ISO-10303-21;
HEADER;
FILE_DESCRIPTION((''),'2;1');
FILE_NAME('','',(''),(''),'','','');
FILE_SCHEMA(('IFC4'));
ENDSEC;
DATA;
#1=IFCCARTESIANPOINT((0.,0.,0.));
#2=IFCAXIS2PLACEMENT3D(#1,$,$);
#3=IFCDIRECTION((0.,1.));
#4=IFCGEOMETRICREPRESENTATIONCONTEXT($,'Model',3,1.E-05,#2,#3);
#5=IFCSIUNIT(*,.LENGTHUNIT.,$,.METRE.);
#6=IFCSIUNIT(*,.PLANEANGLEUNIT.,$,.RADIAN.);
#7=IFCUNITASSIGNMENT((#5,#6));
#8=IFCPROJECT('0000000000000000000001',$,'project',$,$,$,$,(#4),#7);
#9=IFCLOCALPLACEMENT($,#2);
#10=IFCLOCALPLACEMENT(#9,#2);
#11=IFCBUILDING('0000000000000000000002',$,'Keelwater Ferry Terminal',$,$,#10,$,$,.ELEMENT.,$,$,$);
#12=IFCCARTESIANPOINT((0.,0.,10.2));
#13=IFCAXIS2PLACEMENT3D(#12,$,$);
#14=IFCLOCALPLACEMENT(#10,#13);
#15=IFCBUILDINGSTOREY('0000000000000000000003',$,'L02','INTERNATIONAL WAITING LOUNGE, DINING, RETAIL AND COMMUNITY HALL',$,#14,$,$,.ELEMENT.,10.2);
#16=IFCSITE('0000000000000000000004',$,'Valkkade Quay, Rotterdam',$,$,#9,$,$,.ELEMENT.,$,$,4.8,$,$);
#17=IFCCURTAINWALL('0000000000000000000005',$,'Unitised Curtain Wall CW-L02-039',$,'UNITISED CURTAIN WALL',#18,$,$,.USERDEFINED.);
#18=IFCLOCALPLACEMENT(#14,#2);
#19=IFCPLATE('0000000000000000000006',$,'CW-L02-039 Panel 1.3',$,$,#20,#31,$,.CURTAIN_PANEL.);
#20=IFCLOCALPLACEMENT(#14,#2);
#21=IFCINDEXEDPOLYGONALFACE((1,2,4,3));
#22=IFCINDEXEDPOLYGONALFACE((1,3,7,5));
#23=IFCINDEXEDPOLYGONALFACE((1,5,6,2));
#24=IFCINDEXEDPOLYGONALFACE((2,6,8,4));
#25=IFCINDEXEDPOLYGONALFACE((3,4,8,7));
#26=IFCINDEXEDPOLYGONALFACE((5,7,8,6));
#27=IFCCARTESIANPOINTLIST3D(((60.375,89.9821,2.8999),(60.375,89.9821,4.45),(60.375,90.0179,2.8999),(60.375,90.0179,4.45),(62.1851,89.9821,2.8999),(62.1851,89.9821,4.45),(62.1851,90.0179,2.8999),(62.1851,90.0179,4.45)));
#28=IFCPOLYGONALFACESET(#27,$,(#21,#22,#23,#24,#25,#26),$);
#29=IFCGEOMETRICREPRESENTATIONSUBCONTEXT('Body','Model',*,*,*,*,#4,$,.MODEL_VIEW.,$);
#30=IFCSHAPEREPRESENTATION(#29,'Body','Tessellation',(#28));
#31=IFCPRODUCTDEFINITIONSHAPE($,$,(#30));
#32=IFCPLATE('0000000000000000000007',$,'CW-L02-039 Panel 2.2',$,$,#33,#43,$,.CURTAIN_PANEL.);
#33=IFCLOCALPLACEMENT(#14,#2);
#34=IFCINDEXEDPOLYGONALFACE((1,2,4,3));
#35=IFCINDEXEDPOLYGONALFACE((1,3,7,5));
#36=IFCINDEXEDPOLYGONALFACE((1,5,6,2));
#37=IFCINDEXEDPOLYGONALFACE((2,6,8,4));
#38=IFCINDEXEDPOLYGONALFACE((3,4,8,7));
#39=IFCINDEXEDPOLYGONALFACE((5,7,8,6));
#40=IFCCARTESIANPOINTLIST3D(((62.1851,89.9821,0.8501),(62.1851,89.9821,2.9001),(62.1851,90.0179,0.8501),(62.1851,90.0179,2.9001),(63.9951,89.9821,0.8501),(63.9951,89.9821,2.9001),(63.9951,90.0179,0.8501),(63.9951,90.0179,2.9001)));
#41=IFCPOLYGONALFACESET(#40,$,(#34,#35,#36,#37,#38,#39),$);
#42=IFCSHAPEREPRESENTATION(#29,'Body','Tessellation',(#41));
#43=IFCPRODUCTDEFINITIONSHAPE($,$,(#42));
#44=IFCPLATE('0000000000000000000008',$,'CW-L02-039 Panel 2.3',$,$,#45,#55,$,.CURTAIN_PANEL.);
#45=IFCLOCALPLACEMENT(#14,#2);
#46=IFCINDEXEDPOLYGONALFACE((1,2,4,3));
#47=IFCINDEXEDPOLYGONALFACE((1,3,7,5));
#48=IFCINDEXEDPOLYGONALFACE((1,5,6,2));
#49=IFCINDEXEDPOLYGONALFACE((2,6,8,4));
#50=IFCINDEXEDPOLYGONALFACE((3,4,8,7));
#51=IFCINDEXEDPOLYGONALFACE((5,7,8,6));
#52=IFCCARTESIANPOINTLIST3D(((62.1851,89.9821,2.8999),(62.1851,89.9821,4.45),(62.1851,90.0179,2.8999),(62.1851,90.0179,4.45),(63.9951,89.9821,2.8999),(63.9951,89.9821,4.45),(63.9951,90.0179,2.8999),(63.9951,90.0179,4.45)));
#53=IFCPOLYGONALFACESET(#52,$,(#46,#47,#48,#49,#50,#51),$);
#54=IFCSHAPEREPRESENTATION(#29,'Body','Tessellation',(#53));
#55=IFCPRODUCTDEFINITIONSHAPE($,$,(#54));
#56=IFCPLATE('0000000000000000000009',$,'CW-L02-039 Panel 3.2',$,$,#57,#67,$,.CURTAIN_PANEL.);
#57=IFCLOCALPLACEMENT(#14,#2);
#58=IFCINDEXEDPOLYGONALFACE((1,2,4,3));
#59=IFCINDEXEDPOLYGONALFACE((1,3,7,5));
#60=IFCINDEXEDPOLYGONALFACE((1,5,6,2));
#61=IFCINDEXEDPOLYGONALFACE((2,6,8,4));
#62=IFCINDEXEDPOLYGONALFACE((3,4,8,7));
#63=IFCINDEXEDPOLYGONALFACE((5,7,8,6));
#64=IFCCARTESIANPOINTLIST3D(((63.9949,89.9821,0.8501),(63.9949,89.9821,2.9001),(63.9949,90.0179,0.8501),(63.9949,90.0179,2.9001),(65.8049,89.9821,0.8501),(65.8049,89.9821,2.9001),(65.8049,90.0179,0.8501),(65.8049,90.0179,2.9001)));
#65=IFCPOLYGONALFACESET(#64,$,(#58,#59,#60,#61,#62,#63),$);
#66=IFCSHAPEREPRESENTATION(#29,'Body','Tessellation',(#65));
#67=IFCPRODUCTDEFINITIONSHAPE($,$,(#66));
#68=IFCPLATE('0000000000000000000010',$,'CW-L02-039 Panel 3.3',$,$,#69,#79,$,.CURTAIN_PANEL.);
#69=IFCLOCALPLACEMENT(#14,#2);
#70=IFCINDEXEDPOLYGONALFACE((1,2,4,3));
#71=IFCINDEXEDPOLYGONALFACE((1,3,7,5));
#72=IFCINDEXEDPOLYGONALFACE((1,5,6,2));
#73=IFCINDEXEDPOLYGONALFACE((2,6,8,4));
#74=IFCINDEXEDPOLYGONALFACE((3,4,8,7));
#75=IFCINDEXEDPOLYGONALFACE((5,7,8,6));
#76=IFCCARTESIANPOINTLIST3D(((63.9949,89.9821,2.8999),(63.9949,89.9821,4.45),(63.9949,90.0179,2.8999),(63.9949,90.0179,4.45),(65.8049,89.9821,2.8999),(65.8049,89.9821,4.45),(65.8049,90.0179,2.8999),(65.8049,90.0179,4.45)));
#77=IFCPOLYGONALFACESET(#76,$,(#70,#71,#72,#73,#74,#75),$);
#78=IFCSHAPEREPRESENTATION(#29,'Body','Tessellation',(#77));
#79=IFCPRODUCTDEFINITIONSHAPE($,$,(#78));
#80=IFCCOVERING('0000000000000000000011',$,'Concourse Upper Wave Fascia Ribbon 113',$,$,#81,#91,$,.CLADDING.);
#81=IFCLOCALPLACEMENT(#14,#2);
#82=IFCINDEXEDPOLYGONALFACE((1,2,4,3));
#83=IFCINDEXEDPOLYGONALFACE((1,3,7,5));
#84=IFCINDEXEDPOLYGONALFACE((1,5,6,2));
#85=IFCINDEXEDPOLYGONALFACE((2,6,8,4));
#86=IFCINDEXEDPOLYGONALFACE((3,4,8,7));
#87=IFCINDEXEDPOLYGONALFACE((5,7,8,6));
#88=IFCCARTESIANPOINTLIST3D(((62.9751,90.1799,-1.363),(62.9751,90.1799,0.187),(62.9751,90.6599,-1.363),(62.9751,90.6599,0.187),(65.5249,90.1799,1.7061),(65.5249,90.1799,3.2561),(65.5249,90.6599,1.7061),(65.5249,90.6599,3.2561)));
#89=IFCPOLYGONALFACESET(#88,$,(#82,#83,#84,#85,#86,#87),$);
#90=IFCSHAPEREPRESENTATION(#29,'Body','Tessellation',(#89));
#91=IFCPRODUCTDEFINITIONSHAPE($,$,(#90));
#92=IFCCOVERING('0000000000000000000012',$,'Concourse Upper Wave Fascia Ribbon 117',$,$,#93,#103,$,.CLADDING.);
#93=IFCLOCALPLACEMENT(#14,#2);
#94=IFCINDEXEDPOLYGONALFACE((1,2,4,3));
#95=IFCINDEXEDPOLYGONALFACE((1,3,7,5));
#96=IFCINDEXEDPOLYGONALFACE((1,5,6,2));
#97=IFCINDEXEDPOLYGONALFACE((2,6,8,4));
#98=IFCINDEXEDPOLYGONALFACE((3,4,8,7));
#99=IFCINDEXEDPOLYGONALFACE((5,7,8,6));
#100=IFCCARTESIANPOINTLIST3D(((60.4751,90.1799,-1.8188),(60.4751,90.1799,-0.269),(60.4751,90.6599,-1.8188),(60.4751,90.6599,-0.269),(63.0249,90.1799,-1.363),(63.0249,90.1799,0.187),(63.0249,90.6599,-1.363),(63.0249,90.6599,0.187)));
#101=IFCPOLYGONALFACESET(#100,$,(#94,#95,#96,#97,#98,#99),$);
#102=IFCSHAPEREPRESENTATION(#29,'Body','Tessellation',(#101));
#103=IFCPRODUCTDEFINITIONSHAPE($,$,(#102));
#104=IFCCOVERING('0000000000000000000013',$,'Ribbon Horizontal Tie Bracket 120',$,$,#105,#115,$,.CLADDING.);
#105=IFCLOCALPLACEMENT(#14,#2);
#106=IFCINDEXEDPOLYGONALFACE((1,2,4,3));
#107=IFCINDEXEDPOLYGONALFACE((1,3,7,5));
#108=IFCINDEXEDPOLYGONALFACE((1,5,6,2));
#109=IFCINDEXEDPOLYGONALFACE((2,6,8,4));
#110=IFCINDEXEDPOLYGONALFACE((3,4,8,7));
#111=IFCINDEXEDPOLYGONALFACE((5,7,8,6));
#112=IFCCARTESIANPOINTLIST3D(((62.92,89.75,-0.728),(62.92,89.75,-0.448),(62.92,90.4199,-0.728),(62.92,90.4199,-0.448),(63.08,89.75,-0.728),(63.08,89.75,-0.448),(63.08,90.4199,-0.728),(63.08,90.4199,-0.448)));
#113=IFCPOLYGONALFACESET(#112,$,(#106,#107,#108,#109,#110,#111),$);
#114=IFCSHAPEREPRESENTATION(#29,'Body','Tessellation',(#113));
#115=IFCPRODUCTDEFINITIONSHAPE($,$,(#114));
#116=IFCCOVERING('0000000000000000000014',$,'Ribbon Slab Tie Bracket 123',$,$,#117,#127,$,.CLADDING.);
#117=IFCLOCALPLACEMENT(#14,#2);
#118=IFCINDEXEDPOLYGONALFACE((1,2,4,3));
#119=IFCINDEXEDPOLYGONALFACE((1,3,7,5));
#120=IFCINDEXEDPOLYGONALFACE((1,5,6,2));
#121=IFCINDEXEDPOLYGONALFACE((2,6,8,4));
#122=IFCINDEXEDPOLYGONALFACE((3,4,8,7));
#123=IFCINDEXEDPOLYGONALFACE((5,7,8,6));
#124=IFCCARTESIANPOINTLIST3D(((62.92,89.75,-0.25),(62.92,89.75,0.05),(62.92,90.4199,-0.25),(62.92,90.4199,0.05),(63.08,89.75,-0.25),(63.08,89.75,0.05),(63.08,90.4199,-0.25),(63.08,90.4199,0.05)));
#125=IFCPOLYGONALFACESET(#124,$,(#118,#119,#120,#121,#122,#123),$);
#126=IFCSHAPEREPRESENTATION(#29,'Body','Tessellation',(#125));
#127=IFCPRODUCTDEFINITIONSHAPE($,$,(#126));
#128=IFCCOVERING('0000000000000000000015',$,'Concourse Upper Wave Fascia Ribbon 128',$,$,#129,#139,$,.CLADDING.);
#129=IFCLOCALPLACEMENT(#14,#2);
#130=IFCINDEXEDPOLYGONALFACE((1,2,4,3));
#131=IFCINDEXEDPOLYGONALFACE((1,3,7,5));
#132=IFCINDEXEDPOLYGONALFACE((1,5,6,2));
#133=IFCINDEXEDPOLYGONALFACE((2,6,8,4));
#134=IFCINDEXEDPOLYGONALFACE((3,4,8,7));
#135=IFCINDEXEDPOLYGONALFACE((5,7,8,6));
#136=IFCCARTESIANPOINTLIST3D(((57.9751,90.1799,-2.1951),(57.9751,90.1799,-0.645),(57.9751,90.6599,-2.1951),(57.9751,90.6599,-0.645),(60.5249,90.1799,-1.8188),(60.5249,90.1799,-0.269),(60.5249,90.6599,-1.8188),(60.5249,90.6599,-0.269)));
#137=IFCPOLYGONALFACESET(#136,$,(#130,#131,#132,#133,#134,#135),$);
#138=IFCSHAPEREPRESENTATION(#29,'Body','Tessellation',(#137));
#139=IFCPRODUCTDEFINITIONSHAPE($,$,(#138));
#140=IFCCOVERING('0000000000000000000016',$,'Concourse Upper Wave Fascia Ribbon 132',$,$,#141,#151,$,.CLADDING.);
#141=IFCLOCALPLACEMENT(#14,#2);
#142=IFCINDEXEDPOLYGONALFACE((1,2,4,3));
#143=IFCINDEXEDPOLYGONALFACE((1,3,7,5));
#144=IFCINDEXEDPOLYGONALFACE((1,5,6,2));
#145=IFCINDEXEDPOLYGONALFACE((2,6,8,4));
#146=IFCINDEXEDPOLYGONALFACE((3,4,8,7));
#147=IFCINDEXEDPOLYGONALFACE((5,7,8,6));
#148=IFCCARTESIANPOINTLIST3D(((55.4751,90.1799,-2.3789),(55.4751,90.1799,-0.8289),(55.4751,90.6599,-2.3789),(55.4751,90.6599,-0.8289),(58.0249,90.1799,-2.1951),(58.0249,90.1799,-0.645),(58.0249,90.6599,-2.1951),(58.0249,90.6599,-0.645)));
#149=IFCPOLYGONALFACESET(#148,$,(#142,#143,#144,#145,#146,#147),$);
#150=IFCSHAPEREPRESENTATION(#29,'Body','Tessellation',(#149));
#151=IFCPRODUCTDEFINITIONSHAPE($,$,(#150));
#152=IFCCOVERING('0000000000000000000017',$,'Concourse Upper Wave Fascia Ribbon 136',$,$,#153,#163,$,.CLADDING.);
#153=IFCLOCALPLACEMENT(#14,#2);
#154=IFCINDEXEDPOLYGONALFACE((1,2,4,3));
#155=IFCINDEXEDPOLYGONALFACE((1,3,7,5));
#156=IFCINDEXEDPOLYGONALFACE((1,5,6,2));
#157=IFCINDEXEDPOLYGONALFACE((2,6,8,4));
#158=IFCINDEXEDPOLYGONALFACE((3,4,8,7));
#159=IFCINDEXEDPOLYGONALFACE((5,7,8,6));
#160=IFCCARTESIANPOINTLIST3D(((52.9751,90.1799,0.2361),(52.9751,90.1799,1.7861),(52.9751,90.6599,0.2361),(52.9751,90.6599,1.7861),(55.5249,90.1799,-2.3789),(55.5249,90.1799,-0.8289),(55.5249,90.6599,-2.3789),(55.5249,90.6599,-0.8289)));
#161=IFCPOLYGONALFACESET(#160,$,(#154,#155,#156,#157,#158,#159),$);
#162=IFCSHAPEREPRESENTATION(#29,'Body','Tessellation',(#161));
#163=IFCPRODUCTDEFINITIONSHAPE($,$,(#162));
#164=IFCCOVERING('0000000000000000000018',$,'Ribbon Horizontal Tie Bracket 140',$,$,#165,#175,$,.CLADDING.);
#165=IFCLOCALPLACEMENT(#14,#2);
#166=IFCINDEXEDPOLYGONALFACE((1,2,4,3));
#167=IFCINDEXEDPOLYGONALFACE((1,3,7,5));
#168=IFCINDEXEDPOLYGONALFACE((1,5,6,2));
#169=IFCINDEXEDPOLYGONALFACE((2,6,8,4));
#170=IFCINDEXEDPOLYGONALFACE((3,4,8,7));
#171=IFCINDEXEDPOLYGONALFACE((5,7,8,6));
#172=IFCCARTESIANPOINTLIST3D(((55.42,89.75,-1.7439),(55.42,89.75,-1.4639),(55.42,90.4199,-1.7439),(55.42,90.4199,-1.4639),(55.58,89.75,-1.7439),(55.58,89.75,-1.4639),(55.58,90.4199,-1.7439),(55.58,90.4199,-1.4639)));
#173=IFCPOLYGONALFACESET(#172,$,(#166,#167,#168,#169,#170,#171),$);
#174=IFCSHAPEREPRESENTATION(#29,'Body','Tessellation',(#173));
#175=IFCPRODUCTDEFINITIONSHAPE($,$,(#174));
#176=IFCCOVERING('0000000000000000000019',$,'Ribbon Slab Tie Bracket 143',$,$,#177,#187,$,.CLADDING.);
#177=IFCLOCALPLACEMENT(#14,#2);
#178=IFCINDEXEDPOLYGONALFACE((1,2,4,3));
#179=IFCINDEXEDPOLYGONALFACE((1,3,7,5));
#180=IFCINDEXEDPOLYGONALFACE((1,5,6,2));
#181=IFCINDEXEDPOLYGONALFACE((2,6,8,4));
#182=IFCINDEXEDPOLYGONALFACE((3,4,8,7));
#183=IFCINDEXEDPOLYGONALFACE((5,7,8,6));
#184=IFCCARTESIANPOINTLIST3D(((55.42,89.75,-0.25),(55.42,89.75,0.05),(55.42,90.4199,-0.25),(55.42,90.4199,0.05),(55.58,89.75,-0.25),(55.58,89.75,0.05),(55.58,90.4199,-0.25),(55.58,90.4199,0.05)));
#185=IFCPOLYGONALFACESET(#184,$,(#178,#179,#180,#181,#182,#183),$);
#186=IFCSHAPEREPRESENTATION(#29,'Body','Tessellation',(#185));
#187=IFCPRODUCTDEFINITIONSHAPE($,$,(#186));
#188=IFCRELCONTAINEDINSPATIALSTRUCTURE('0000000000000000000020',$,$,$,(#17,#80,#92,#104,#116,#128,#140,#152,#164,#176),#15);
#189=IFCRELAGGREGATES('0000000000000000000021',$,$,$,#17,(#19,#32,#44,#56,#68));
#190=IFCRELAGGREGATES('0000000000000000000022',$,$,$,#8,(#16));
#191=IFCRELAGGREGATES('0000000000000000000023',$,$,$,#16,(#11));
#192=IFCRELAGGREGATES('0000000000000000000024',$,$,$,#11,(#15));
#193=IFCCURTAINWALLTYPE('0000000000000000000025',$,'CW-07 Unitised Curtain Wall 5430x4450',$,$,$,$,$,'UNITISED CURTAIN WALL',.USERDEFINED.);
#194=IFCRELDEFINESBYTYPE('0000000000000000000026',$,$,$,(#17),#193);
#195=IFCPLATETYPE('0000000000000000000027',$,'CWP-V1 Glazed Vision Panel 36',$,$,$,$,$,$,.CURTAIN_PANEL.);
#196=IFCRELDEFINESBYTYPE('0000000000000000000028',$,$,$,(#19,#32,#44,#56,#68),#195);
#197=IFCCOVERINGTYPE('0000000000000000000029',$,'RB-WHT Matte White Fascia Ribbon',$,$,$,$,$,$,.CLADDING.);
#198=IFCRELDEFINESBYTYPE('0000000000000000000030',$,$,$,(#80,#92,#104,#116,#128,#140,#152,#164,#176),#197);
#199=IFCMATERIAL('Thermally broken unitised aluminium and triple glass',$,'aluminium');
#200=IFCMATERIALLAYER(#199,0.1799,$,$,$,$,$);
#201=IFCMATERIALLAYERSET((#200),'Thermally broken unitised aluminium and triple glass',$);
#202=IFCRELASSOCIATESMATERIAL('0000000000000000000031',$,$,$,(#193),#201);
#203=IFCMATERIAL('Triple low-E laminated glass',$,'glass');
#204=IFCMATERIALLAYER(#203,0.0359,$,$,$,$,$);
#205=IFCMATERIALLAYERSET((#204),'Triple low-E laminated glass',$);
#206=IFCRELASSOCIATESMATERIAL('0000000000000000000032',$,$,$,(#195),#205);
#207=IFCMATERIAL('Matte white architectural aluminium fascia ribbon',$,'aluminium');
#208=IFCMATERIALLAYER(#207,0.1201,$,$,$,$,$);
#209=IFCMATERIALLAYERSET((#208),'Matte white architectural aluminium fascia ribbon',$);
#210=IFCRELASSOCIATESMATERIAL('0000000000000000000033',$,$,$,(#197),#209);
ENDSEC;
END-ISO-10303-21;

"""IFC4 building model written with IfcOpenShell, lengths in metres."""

from ifc_helpers import new_model, si_unit, direction, frame, frame_2d, origin, origin_2d, place, context, subcontext, project, spatial, polyline, rectangle, outline, extrude, material, layer, layer_set, type_object, element, aggregate, save


model = new_model("IFC4")

# Units and contexts
model_context = context("Model", 3, precision=1e-05, world=origin(), true_north=direction((0.0, 1.0)))
body_context = subcontext(model_context, "Body", "Model", "MODEL_VIEW")
ifc_project = project(units=[si_unit("LENGTHUNIT", "METRE"), si_unit("PLANEANGLEUNIT", "RADIAN")], contexts=[model_context])

# Site, building, storey
site_placement = place(None, origin())
site = spatial("IfcSite", under=ifc_project, at=site_placement, Name="Valkkade Quay, Rotterdam", CompositionType="ELEMENT", RefElevation=4.8)
building_placement = place(site_placement, origin())
building = spatial("IfcBuilding", under=site, at=building_placement, Name="Keelwater Ferry Terminal", CompositionType="ELEMENT")
storey_placement = place(building_placement, frame((0.0, 0.0, 10.2)))
storey = spatial("IfcBuildingStorey", under=building, at=storey_placement, Name="L02", Description="INTERNATIONAL WAITING LOUNGE, DINING, RETAIL AND COMMUNITY HALL", CompositionType="ELEMENT", Elevation=10.2)

# Curtain wall
ifc_material_1 = material(Name="Thermally broken unitised aluminium and triple glass", Category="aluminium")
ifc_layer_1 = layer(ifc_material_1, 0.1799)
ifc_layer_set_1 = layer_set([ifc_layer_1], Name="Thermally broken unitised aluminium and triple glass")
curtain_wall_type = type_object("IfcCurtainWallType", Name="CW-07 Unitised Curtain Wall 5430x4450", ElementType="UNITISED CURTAIN WALL", PredefinedType="USERDEFINED", material=ifc_layer_set_1)
curtain_wall_1_placement = place(storey_placement, origin())
curtain_wall_1 = element("IfcCurtainWall", 1, at=curtain_wall_1_placement, inside=storey, type_object=curtain_wall_type, Name="Unitised Curtain Wall CW-L02-039", ObjectType="UNITISED CURTAIN WALL", PredefinedType="USERDEFINED")

# Plates
ifc_material_2 = material(Name="Triple low-E laminated glass", Category="glass")
ifc_layer_2 = layer(ifc_material_2, 0.0359)
ifc_layer_set_2 = layer_set([ifc_layer_2], Name="Triple low-E laminated glass")
plate_type_1 = type_object("IfcPlateType", Name="CWP-V1 Glazed Vision Panel 36", PredefinedType="CURTAIN_PANEL", material=ifc_layer_set_2)
plate_1_placement = place(storey_placement, frame((61.28, 90.0, 2.8999), z_axis=(0.0, 0.0, 1.0), x_axis=(1.0, 0.0, 0.0)))
plate_1 = element("IfcPlate", 2, at=plate_1_placement, type_object=plate_type_1, Name="CW-L02-039 Panel 1.3", PredefinedType="CURTAIN_PANEL", context=body_context, shape_type="SweptSolid", body=[
    extrude(rectangle(XDim=1.8101, YDim=0.0359, at=origin_2d()), origin(), (0.0, 0.0, 1.0), 1.55),
])
plate_2_placement = place(storey_placement, frame((63.0901, 90.0, 0.8501), z_axis=(0.0, 0.0, 1.0), x_axis=(1.0, 0.0, 0.0)))
plate_2 = element("IfcPlate", 3, at=plate_2_placement, type_object=plate_type_1, Name="CW-L02-039 Panel 2.2", PredefinedType="CURTAIN_PANEL", context=body_context, shape_type="SweptSolid", body=[
    extrude(rectangle(XDim=1.8101, YDim=0.0359, at=origin_2d()), origin(), (0.0, 0.0, 1.0), 2.05),
])
plate_3_placement = place(storey_placement, frame((63.0901, 90.0, 2.8999), z_axis=(0.0, 0.0, 1.0), x_axis=(1.0, 0.0, 0.0)))
plate_3 = element("IfcPlate", 4, at=plate_3_placement, type_object=plate_type_1, Name="CW-L02-039 Panel 2.3", PredefinedType="CURTAIN_PANEL", context=body_context, shape_type="SweptSolid", body=[
    extrude(rectangle(XDim=1.8101, YDim=0.0359, at=origin_2d()), origin(), (0.0, 0.0, 1.0), 1.55),
])
plate_4_placement = place(storey_placement, frame((64.8999, 90.0, 0.8501), z_axis=(0.0, 0.0, 1.0), x_axis=(1.0, 0.0, 0.0)))
plate_4 = element("IfcPlate", 5, at=plate_4_placement, type_object=plate_type_1, Name="CW-L02-039 Panel 3.2", PredefinedType="CURTAIN_PANEL", context=body_context, shape_type="SweptSolid", body=[
    extrude(rectangle(XDim=1.8101, YDim=0.0359, at=origin_2d()), origin(), (0.0, 0.0, 1.0), 2.05),
])
plate_5_placement = place(storey_placement, frame((64.8999, 90.0, 2.8999), z_axis=(0.0, 0.0, 1.0), x_axis=(1.0, 0.0, 0.0)))
plate_5 = element("IfcPlate", 6, at=plate_5_placement, type_object=plate_type_1, Name="CW-L02-039 Panel 3.3", PredefinedType="CURTAIN_PANEL", context=body_context, shape_type="SweptSolid", body=[
    extrude(rectangle(XDim=1.8101, YDim=0.0359, at=origin_2d()), origin(), (0.0, 0.0, 1.0), 1.55),
])
aggregate(curtain_wall_1, [plate_1, plate_2, plate_3, plate_4, plate_5])

# Coverings
ifc_material_3 = material(Name="Matte white architectural aluminium fascia ribbon", Category="aluminium")
ifc_layer_3 = layer(ifc_material_3, 0.1201)
ifc_layer_set_3 = layer_set([ifc_layer_3], Name="Matte white architectural aluminium fascia ribbon")
covering_type = type_object("IfcCoveringType", Name="RB-WHT Matte White Fascia Ribbon", PredefinedType="CLADDING", material=ifc_layer_set_3)
covering_1_placement = place(storey_placement, frame((65.5249, 90.4199, -1.363), z_axis=(0.0, 0.0, 1.0), x_axis=(-1.0, 0.0, 0.0)))
element("IfcCovering", 7, at=covering_1_placement, inside=storey, type_object=covering_type, Name="Concourse Upper Wave Fascia Ribbon 113", PredefinedType="CLADDING", context=body_context, shape_type="SweptSolid", body=[
    extrude(outline(polyline([(0.0, 3.0691), (2.5498, 0.0), (2.5498, 1.55), (0.0, 4.6191), (0.0, 3.0691)])), frame((0.0, 0.24, 0.0), z_axis=(0.0, -1.0, 0.0), x_axis=(1.0, 0.0, 0.0)), (0.0, 0.0, 1.0), 0.48),
])
covering_2_placement = place(storey_placement, frame((63.0249, 90.4199, -1.8188), z_axis=(0.0, 0.0, 1.0), x_axis=(-1.0, 0.0, 0.0)))
element("IfcCovering", 8, at=covering_2_placement, inside=storey, type_object=covering_type, Name="Concourse Upper Wave Fascia Ribbon 117", PredefinedType="CLADDING", context=body_context, shape_type="SweptSolid", body=[
    extrude(outline(polyline([(0.0, 0.4558), (2.5498, 0.0), (2.5498, 1.5498), (0.0, 2.0059), (0.0, 0.4558)])), frame((0.0, 0.24, 0.0), z_axis=(0.0, -1.0, 0.0), x_axis=(1.0, 0.0, 0.0)), (0.0, 0.0, 1.0), 0.48),
])
covering_3_placement = place(storey_placement, frame((63.0, 90.4199, -0.728), z_axis=(0.0, 0.0, 1.0), x_axis=(0.0, -1.0, 0.0)))
element("IfcCovering", 9, at=covering_3_placement, inside=storey, type_object=covering_type, Name="Ribbon Horizontal Tie Bracket 120", PredefinedType="CLADDING", context=body_context, shape_type="SweptSolid", body=[
    extrude(rectangle(XDim=0.6699, YDim=0.1599, at=frame_2d((0.335, 0.0))), origin(), (0.0, 0.0, 1.0), 0.28),
])
covering_4_placement = place(storey_placement, frame((63.0, 90.4199, -0.25), z_axis=(0.0, 0.0, 1.0), x_axis=(0.0, -1.0, 0.0)))
element("IfcCovering", 10, at=covering_4_placement, inside=storey, type_object=covering_type, Name="Ribbon Slab Tie Bracket 123", PredefinedType="CLADDING", context=body_context, shape_type="SweptSolid", body=[
    extrude(rectangle(XDim=0.6699, YDim=0.1599, at=frame_2d((0.335, 0.0))), origin(), (0.0, 0.0, 1.0), 0.3),
])
covering_5_placement = place(storey_placement, frame((60.5249, 90.4199, -2.1951), z_axis=(0.0, 0.0, 1.0), x_axis=(-1.0, 0.0, 0.0)))
element("IfcCovering", 11, at=covering_5_placement, inside=storey, type_object=covering_type, Name="Concourse Upper Wave Fascia Ribbon 128", PredefinedType="CLADDING", context=body_context, shape_type="SweptSolid", body=[
    extrude(outline(polyline([(0.0, 0.3762), (2.5498, 0.0), (2.5498, 1.55), (0.0, 1.926), (0.0, 0.3762)])), frame((0.0, 0.24, 0.0), z_axis=(0.0, -1.0, 0.0), x_axis=(1.0, 0.0, 0.0)), (0.0, 0.0, 1.0), 0.48),
])
covering_6_placement = place(storey_placement, frame((58.0249, 90.4199, -2.3789), z_axis=(0.0, 0.0, 1.0), x_axis=(-1.0, 0.0, 0.0)))
element("IfcCovering", 12, at=covering_6_placement, inside=storey, type_object=covering_type, Name="Concourse Upper Wave Fascia Ribbon 132", PredefinedType="CLADDING", context=body_context, shape_type="SweptSolid", body=[
    extrude(outline(polyline([(0.0, 0.1838), (2.5498, 0.0), (2.5498, 1.55), (0.0, 1.7339), (0.0, 0.1838)])), frame((0.0, 0.24, 0.0), z_axis=(0.0, -1.0, 0.0), x_axis=(1.0, 0.0, 0.0)), (0.0, 0.0, 1.0), 0.48),
])
covering_7_placement = place(storey_placement, frame((55.5249, 90.4199, -2.3789), z_axis=(0.0, 0.0, 1.0), x_axis=(-1.0, 0.0, 0.0)))
element("IfcCovering", 13, at=covering_7_placement, inside=storey, type_object=covering_type, Name="Concourse Upper Wave Fascia Ribbon 136", PredefinedType="CLADDING", context=body_context, shape_type="SweptSolid", body=[
    extrude(outline(polyline([(0.0, 0.0), (2.5498, 2.615), (2.5498, 4.165), (0.0, 1.55), (0.0, 0.0)])), frame((0.0, 0.24, 0.0), z_axis=(0.0, -1.0, 0.0), x_axis=(1.0, 0.0, 0.0)), (0.0, 0.0, 1.0), 0.48),
])
covering_8_placement = place(storey_placement, frame((55.5, 90.4199, -1.7439), z_axis=(0.0, 0.0, 1.0), x_axis=(0.0, -1.0, 0.0)))
element("IfcCovering", 14, at=covering_8_placement, inside=storey, type_object=covering_type, Name="Ribbon Horizontal Tie Bracket 140", PredefinedType="CLADDING", context=body_context, shape_type="SweptSolid", body=[
    extrude(rectangle(XDim=0.6699, YDim=0.1599, at=frame_2d((0.335, 0.0))), origin(), (0.0, 0.0, 1.0), 0.28),
])
covering_9_placement = place(storey_placement, frame((55.5, 90.4199, -0.25), z_axis=(0.0, 0.0, 1.0), x_axis=(0.0, -1.0, 0.0)))
element("IfcCovering", 15, at=covering_9_placement, inside=storey, type_object=covering_type, Name="Ribbon Slab Tie Bracket 143", PredefinedType="CLADDING", context=body_context, shape_type="SweptSolid", body=[
    extrude(rectangle(XDim=0.6699, YDim=0.1599, at=frame_2d((0.335, 0.0))), origin(), (0.0, 0.0, 1.0), 0.3),
])

save(model, "model.ifc")
